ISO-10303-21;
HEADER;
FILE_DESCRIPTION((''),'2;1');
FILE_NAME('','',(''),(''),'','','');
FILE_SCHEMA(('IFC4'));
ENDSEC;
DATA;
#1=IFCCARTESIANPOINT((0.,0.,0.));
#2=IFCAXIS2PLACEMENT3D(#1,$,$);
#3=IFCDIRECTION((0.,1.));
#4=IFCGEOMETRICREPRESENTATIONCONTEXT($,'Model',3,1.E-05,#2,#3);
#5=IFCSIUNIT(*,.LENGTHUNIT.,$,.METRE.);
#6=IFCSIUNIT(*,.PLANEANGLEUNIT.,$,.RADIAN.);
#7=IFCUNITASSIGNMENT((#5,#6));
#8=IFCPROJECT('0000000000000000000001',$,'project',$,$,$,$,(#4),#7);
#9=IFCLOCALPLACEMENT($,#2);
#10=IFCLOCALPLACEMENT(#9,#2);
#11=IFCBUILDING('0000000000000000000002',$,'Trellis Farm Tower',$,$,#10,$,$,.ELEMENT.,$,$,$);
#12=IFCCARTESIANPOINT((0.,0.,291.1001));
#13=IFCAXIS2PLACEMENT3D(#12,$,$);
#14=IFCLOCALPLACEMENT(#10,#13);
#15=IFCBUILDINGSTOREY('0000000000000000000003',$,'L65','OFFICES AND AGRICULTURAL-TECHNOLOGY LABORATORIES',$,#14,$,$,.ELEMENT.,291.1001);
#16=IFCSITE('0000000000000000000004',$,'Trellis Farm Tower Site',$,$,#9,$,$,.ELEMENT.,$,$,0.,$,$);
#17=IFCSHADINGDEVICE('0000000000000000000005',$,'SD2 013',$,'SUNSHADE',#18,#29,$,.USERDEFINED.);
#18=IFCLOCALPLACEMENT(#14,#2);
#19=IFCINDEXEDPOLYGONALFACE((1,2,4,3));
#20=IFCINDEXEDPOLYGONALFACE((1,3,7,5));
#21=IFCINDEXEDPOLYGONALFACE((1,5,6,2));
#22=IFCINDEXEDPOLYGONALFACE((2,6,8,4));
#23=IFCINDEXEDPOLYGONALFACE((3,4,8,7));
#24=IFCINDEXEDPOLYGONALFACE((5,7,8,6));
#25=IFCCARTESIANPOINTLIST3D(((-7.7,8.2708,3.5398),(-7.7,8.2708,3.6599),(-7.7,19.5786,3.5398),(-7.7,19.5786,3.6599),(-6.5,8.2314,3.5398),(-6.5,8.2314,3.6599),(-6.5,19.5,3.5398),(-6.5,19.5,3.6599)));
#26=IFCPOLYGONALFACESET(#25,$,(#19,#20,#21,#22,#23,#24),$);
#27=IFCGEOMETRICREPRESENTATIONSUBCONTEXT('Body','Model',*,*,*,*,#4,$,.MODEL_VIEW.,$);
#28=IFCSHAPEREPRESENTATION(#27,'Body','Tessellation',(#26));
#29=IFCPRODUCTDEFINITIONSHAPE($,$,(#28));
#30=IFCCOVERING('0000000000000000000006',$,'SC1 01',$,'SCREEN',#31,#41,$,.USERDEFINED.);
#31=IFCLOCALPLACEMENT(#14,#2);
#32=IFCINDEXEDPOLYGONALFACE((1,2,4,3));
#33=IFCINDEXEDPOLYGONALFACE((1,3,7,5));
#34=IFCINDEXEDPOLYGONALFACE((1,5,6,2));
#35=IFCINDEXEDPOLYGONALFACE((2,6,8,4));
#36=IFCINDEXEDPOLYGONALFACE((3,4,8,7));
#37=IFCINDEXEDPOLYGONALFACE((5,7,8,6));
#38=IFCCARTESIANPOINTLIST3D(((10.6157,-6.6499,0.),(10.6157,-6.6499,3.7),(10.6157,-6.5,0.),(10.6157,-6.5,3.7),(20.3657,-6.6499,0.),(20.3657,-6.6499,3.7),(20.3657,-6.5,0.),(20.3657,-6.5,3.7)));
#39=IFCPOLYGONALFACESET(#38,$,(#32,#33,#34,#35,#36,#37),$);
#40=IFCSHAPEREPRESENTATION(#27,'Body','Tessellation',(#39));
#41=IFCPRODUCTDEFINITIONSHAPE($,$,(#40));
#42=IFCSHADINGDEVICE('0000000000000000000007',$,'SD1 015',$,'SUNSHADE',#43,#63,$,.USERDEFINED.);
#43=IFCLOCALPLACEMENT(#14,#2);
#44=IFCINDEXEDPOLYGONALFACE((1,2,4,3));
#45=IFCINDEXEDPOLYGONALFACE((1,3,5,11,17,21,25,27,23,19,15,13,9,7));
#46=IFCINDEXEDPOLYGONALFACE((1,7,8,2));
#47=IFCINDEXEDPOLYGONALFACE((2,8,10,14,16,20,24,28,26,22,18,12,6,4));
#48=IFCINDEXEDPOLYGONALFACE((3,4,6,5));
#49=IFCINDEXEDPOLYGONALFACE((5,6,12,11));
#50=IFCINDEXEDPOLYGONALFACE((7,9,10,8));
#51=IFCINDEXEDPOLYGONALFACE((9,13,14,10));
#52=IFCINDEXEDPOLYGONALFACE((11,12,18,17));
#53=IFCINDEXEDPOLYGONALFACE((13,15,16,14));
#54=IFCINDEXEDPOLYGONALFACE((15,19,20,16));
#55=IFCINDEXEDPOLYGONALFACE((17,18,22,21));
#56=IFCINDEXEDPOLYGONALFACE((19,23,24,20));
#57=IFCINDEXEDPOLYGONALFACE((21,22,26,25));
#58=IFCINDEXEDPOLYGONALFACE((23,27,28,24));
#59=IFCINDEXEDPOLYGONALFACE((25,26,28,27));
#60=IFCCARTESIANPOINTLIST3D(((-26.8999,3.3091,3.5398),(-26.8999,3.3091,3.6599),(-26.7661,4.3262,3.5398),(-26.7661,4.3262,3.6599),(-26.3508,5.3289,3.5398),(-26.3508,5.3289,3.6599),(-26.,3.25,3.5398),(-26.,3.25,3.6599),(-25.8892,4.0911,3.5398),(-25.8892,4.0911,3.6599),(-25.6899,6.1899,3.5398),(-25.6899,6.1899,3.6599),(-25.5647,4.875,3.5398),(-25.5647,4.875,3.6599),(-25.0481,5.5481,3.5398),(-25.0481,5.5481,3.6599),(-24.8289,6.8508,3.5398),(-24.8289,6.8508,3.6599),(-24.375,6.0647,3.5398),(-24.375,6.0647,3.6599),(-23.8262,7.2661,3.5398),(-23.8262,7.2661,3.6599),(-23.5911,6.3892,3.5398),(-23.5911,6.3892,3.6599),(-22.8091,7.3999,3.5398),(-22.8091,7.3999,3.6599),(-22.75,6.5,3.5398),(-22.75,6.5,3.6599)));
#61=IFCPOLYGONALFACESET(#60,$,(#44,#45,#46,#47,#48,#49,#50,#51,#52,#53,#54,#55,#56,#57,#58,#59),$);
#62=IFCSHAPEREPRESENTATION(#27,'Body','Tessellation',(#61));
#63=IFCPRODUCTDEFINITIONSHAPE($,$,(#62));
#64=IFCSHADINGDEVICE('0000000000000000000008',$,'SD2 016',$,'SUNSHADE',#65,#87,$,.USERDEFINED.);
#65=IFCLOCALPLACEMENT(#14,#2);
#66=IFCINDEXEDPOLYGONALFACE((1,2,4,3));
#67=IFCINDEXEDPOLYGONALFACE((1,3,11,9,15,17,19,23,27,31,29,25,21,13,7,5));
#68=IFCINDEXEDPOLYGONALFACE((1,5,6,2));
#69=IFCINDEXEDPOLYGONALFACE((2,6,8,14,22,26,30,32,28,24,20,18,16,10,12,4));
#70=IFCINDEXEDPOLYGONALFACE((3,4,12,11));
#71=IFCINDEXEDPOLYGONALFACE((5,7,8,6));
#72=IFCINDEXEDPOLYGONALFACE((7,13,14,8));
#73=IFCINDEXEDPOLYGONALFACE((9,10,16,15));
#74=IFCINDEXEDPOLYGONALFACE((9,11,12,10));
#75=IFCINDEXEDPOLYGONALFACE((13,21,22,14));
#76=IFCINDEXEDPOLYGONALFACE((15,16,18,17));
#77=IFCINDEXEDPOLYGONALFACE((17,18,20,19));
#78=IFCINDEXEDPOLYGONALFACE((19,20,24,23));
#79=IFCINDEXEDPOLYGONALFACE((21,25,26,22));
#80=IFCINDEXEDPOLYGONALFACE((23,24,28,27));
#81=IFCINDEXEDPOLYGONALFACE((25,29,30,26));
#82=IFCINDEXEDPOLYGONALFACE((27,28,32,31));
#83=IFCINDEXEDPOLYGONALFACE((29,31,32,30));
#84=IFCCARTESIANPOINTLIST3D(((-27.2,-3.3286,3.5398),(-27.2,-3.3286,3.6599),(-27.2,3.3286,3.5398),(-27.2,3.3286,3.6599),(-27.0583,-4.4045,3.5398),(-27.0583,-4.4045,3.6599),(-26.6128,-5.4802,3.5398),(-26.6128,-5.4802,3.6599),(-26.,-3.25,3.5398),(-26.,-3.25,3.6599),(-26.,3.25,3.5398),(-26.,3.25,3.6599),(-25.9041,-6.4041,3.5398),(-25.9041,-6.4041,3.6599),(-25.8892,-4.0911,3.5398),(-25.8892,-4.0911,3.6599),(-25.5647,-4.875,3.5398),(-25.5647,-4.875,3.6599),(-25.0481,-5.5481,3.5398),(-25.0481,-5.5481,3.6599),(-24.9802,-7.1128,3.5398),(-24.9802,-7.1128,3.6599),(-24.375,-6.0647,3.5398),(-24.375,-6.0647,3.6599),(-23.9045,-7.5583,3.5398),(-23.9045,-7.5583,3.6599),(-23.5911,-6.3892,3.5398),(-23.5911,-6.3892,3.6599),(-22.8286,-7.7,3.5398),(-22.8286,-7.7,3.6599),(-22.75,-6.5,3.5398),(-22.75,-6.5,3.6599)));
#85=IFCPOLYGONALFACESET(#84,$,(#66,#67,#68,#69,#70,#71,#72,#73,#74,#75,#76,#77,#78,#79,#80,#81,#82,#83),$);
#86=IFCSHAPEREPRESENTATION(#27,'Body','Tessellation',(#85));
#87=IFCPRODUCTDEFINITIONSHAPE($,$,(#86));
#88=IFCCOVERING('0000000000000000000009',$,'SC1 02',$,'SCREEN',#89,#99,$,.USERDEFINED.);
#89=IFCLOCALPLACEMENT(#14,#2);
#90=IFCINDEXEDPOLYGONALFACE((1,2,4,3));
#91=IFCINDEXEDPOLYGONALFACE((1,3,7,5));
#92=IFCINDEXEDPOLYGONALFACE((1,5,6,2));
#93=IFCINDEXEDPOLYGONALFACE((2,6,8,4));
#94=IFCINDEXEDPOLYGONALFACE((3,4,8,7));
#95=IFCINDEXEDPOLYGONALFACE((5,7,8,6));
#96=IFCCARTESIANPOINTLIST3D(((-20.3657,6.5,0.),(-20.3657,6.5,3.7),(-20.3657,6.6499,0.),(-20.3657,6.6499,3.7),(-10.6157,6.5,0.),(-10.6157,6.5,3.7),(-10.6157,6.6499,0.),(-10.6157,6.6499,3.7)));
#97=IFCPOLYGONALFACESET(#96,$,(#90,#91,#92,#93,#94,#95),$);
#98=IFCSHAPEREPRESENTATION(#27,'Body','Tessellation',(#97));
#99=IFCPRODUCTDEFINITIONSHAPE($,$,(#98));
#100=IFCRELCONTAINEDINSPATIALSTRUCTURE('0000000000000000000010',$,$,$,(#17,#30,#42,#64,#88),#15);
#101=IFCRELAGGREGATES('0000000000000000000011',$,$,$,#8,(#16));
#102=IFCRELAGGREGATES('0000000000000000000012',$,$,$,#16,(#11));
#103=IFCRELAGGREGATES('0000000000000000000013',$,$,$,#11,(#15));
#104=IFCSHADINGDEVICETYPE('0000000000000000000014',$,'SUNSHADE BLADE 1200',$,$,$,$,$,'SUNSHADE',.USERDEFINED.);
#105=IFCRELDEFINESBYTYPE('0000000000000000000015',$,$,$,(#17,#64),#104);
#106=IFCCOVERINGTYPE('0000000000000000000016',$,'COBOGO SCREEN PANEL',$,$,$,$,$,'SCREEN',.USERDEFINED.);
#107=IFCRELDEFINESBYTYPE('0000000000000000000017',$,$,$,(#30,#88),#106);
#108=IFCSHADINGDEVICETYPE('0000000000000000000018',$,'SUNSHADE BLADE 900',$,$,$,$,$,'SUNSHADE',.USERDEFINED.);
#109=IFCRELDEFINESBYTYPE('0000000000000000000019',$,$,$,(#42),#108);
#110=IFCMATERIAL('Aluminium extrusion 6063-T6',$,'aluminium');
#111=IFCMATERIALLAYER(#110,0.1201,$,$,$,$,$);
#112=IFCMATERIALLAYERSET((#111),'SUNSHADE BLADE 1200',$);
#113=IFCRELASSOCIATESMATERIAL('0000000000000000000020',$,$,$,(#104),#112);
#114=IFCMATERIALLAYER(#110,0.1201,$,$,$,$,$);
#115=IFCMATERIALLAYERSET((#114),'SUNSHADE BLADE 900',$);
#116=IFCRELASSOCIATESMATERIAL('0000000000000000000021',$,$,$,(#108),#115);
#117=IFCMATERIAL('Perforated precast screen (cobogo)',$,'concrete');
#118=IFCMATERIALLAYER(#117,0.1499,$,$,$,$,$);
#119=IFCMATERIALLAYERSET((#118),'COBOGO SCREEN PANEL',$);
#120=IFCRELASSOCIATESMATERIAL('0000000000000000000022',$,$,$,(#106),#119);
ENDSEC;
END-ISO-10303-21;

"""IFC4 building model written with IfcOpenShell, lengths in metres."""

from ifc_helpers import new_model, si_unit, direction, frame, origin, place, context, subcontext, project, spatial, polyline, outline, extrude, source, transform, mapped, material, layer, layer_set, type_object, element, save


model = new_model("IFC4")

# Units and contexts
model_context = context("Model", 3, precision=1e-05, world=origin(), true_north=direction((0.0, 1.0)))
body_context = subcontext(model_context, "Body", "Model", "MODEL_VIEW")
ifc_project = project(units=[si_unit("LENGTHUNIT", "METRE"), si_unit("PLANEANGLEUNIT", "RADIAN")], contexts=[model_context])

# Site, building, storey
site_placement = place(None, origin())
site = spatial("IfcSite", under=ifc_project, at=site_placement, Name="Trellis Farm Tower Site", CompositionType="ELEMENT", RefElevation=0.0)
building_placement = place(site_placement, origin())
building = spatial("IfcBuilding", under=site, at=building_placement, Name="Trellis Farm Tower", CompositionType="ELEMENT")
storey_placement = place(building_placement, frame((0.0, 0.0, 291.1001)))
storey = spatial("IfcBuildingStorey", under=building, at=storey_placement, Name="L65", Description="OFFICES AND AGRICULTURAL-TECHNOLOGY LABORATORIES", CompositionType="ELEMENT", Elevation=291.1001)

# Shared definitions
placement_1 = place(storey_placement, origin())
ifc_material_1 = material(Name="Aluminium extrusion 6063-T6", Category="aluminium")

# Shading device
ifc_layer_1 = layer(ifc_material_1, 0.1201)
ifc_layer_set_1 = layer_set([ifc_layer_1], Name="SUNSHADE BLADE 1200")
shading_device_type_1 = type_object("IfcShadingDeviceType", Name="SUNSHADE BLADE 1200", ElementType="SUNSHADE", PredefinedType="USERDEFINED", material=ifc_layer_set_1)
placement_2 = place(storey_placement, frame((0.0, 0.0, 3.5398)))
ifc_layer_2 = layer(ifc_material_1, 0.1201)
ifc_layer_set_2 = layer_set([ifc_layer_2], Name="SUNSHADE BLADE 900")
shading_device_type_2 = type_object("IfcShadingDeviceType", Name="SUNSHADE BLADE 900", ElementType="SUNSHADE", PredefinedType="USERDEFINED", material=ifc_layer_set_2)
shared_shape_1 = source(origin(), body_context, "Body", "SweptSolid", [
    extrude(outline(polyline([(-7.7, 19.5786), (-7.7, 8.2708), (-6.5, 8.2314), (-6.5, 19.5), (-7.7, 19.5786)])), origin(), (0.0, 0.0, 1.0), 0.1201),
])
element("IfcShadingDevice", 1, at=placement_2, inside=storey, type_object=shading_device_type_1, Name="SD2 013", ObjectType="SUNSHADE", PredefinedType="USERDEFINED", context=body_context, shape_type="MappedRepresentation", body=[
    mapped(shared_shape_1, transform((0.0, 0.0, 0.0))),
])

# Covering
ifc_material_2 = material(Name="Perforated precast screen (cobogo)", Category="concrete")
ifc_layer_3 = layer(ifc_material_2, 0.1499)
ifc_layer_set_3 = layer_set([ifc_layer_3], Name="COBOGO SCREEN PANEL")
covering_type = type_object("IfcCoveringType", Name="COBOGO SCREEN PANEL", ElementType="SCREEN", PredefinedType="USERDEFINED", material=ifc_layer_set_3)
shared_shape_2 = source(origin(), body_context, "Body", "SweptSolid", [
    extrude(outline(polyline([(10.6157, -6.6499), (20.3657, -6.6499), (20.3657, -6.5), (10.6157, -6.5), (10.6157, -6.6499)])), origin(), (0.0, 0.0, 1.0), 3.7),
])
element("IfcCovering", 2, at=placement_1, inside=storey, type_object=covering_type, Name="SC1 01", ObjectType="SCREEN", PredefinedType="USERDEFINED", context=body_context, shape_type="MappedRepresentation", body=[
    mapped(shared_shape_2, transform((0.0, 0.0, 0.0))),
])

# Shading devices
shared_shape_3 = source(origin(), body_context, "Body", "SweptSolid", [
    extrude(outline(polyline([(-22.8091, 7.3999), (-23.8262, 7.2661), (-24.8289, 6.8508), (-25.6899, 6.1899), (-26.3508, 5.3289), (-26.7661, 4.3262), (-26.8999, 3.3091), (-26.0, 3.25), (-25.8892, 4.0911), (-25.5647, 4.875), (-25.0481, 5.5481), (-24.375, 6.0647), (-23.5911, 6.3892), (-22.75, 6.5), (-22.8091, 7.3999)])), origin(), (0.0, 0.0, 1.0), 0.1201),
])
element("IfcShadingDevice", 3, at=placement_2, inside=storey, type_object=shading_device_type_2, Name="SD1 015", ObjectType="SUNSHADE", PredefinedType="USERDEFINED", context=body_context, shape_type="MappedRepresentation", body=[
    mapped(shared_shape_3, transform((0.0, 0.0, 0.0))),
])
shared_shape_4 = source(origin(), body_context, "Body", "SweptSolid", [
    extrude(outline(polyline([(-27.2, 3.3286), (-27.2, -3.3286), (-27.0583, -4.4045), (-26.6128, -5.4802), (-25.9041, -6.4041), (-24.9802, -7.1128), (-23.9045, -7.5583), (-22.8286, -7.7), (-22.75, -6.5), (-23.5911, -6.3892), (-24.375, -6.0647), (-25.0481, -5.5481), (-25.5647, -4.875), (-25.8892, -4.0911), (-26.0, -3.25), (-26.0, 3.25), (-27.2, 3.3286)])), origin(), (0.0, 0.0, 1.0), 0.1201),
])
element("IfcShadingDevice", 4, at=placement_2, inside=storey, type_object=shading_device_type_1, Name="SD2 016", ObjectType="SUNSHADE", PredefinedType="USERDEFINED", context=body_context, shape_type="MappedRepresentation", body=[
    mapped(shared_shape_4, transform((0.0, 0.0, 0.0))),
])

# Covering
shared_shape_5 = source(origin(), body_context, "Body", "SweptSolid", [
    extrude(outline(polyline([(-10.6157, 6.6499), (-20.3657, 6.6499), (-20.3657, 6.5), (-10.6157, 6.5), (-10.6157, 6.6499)])), origin(), (0.0, 0.0, 1.0), 3.7),
])
element("IfcCovering", 5, at=placement_1, inside=storey, type_object=covering_type, Name="SC1 02", ObjectType="SCREEN", PredefinedType="USERDEFINED", context=body_context, shape_type="MappedRepresentation", body=[
    mapped(shared_shape_5, transform((0.0, 0.0, 0.0))),
])

save(model, "model.ifc")
